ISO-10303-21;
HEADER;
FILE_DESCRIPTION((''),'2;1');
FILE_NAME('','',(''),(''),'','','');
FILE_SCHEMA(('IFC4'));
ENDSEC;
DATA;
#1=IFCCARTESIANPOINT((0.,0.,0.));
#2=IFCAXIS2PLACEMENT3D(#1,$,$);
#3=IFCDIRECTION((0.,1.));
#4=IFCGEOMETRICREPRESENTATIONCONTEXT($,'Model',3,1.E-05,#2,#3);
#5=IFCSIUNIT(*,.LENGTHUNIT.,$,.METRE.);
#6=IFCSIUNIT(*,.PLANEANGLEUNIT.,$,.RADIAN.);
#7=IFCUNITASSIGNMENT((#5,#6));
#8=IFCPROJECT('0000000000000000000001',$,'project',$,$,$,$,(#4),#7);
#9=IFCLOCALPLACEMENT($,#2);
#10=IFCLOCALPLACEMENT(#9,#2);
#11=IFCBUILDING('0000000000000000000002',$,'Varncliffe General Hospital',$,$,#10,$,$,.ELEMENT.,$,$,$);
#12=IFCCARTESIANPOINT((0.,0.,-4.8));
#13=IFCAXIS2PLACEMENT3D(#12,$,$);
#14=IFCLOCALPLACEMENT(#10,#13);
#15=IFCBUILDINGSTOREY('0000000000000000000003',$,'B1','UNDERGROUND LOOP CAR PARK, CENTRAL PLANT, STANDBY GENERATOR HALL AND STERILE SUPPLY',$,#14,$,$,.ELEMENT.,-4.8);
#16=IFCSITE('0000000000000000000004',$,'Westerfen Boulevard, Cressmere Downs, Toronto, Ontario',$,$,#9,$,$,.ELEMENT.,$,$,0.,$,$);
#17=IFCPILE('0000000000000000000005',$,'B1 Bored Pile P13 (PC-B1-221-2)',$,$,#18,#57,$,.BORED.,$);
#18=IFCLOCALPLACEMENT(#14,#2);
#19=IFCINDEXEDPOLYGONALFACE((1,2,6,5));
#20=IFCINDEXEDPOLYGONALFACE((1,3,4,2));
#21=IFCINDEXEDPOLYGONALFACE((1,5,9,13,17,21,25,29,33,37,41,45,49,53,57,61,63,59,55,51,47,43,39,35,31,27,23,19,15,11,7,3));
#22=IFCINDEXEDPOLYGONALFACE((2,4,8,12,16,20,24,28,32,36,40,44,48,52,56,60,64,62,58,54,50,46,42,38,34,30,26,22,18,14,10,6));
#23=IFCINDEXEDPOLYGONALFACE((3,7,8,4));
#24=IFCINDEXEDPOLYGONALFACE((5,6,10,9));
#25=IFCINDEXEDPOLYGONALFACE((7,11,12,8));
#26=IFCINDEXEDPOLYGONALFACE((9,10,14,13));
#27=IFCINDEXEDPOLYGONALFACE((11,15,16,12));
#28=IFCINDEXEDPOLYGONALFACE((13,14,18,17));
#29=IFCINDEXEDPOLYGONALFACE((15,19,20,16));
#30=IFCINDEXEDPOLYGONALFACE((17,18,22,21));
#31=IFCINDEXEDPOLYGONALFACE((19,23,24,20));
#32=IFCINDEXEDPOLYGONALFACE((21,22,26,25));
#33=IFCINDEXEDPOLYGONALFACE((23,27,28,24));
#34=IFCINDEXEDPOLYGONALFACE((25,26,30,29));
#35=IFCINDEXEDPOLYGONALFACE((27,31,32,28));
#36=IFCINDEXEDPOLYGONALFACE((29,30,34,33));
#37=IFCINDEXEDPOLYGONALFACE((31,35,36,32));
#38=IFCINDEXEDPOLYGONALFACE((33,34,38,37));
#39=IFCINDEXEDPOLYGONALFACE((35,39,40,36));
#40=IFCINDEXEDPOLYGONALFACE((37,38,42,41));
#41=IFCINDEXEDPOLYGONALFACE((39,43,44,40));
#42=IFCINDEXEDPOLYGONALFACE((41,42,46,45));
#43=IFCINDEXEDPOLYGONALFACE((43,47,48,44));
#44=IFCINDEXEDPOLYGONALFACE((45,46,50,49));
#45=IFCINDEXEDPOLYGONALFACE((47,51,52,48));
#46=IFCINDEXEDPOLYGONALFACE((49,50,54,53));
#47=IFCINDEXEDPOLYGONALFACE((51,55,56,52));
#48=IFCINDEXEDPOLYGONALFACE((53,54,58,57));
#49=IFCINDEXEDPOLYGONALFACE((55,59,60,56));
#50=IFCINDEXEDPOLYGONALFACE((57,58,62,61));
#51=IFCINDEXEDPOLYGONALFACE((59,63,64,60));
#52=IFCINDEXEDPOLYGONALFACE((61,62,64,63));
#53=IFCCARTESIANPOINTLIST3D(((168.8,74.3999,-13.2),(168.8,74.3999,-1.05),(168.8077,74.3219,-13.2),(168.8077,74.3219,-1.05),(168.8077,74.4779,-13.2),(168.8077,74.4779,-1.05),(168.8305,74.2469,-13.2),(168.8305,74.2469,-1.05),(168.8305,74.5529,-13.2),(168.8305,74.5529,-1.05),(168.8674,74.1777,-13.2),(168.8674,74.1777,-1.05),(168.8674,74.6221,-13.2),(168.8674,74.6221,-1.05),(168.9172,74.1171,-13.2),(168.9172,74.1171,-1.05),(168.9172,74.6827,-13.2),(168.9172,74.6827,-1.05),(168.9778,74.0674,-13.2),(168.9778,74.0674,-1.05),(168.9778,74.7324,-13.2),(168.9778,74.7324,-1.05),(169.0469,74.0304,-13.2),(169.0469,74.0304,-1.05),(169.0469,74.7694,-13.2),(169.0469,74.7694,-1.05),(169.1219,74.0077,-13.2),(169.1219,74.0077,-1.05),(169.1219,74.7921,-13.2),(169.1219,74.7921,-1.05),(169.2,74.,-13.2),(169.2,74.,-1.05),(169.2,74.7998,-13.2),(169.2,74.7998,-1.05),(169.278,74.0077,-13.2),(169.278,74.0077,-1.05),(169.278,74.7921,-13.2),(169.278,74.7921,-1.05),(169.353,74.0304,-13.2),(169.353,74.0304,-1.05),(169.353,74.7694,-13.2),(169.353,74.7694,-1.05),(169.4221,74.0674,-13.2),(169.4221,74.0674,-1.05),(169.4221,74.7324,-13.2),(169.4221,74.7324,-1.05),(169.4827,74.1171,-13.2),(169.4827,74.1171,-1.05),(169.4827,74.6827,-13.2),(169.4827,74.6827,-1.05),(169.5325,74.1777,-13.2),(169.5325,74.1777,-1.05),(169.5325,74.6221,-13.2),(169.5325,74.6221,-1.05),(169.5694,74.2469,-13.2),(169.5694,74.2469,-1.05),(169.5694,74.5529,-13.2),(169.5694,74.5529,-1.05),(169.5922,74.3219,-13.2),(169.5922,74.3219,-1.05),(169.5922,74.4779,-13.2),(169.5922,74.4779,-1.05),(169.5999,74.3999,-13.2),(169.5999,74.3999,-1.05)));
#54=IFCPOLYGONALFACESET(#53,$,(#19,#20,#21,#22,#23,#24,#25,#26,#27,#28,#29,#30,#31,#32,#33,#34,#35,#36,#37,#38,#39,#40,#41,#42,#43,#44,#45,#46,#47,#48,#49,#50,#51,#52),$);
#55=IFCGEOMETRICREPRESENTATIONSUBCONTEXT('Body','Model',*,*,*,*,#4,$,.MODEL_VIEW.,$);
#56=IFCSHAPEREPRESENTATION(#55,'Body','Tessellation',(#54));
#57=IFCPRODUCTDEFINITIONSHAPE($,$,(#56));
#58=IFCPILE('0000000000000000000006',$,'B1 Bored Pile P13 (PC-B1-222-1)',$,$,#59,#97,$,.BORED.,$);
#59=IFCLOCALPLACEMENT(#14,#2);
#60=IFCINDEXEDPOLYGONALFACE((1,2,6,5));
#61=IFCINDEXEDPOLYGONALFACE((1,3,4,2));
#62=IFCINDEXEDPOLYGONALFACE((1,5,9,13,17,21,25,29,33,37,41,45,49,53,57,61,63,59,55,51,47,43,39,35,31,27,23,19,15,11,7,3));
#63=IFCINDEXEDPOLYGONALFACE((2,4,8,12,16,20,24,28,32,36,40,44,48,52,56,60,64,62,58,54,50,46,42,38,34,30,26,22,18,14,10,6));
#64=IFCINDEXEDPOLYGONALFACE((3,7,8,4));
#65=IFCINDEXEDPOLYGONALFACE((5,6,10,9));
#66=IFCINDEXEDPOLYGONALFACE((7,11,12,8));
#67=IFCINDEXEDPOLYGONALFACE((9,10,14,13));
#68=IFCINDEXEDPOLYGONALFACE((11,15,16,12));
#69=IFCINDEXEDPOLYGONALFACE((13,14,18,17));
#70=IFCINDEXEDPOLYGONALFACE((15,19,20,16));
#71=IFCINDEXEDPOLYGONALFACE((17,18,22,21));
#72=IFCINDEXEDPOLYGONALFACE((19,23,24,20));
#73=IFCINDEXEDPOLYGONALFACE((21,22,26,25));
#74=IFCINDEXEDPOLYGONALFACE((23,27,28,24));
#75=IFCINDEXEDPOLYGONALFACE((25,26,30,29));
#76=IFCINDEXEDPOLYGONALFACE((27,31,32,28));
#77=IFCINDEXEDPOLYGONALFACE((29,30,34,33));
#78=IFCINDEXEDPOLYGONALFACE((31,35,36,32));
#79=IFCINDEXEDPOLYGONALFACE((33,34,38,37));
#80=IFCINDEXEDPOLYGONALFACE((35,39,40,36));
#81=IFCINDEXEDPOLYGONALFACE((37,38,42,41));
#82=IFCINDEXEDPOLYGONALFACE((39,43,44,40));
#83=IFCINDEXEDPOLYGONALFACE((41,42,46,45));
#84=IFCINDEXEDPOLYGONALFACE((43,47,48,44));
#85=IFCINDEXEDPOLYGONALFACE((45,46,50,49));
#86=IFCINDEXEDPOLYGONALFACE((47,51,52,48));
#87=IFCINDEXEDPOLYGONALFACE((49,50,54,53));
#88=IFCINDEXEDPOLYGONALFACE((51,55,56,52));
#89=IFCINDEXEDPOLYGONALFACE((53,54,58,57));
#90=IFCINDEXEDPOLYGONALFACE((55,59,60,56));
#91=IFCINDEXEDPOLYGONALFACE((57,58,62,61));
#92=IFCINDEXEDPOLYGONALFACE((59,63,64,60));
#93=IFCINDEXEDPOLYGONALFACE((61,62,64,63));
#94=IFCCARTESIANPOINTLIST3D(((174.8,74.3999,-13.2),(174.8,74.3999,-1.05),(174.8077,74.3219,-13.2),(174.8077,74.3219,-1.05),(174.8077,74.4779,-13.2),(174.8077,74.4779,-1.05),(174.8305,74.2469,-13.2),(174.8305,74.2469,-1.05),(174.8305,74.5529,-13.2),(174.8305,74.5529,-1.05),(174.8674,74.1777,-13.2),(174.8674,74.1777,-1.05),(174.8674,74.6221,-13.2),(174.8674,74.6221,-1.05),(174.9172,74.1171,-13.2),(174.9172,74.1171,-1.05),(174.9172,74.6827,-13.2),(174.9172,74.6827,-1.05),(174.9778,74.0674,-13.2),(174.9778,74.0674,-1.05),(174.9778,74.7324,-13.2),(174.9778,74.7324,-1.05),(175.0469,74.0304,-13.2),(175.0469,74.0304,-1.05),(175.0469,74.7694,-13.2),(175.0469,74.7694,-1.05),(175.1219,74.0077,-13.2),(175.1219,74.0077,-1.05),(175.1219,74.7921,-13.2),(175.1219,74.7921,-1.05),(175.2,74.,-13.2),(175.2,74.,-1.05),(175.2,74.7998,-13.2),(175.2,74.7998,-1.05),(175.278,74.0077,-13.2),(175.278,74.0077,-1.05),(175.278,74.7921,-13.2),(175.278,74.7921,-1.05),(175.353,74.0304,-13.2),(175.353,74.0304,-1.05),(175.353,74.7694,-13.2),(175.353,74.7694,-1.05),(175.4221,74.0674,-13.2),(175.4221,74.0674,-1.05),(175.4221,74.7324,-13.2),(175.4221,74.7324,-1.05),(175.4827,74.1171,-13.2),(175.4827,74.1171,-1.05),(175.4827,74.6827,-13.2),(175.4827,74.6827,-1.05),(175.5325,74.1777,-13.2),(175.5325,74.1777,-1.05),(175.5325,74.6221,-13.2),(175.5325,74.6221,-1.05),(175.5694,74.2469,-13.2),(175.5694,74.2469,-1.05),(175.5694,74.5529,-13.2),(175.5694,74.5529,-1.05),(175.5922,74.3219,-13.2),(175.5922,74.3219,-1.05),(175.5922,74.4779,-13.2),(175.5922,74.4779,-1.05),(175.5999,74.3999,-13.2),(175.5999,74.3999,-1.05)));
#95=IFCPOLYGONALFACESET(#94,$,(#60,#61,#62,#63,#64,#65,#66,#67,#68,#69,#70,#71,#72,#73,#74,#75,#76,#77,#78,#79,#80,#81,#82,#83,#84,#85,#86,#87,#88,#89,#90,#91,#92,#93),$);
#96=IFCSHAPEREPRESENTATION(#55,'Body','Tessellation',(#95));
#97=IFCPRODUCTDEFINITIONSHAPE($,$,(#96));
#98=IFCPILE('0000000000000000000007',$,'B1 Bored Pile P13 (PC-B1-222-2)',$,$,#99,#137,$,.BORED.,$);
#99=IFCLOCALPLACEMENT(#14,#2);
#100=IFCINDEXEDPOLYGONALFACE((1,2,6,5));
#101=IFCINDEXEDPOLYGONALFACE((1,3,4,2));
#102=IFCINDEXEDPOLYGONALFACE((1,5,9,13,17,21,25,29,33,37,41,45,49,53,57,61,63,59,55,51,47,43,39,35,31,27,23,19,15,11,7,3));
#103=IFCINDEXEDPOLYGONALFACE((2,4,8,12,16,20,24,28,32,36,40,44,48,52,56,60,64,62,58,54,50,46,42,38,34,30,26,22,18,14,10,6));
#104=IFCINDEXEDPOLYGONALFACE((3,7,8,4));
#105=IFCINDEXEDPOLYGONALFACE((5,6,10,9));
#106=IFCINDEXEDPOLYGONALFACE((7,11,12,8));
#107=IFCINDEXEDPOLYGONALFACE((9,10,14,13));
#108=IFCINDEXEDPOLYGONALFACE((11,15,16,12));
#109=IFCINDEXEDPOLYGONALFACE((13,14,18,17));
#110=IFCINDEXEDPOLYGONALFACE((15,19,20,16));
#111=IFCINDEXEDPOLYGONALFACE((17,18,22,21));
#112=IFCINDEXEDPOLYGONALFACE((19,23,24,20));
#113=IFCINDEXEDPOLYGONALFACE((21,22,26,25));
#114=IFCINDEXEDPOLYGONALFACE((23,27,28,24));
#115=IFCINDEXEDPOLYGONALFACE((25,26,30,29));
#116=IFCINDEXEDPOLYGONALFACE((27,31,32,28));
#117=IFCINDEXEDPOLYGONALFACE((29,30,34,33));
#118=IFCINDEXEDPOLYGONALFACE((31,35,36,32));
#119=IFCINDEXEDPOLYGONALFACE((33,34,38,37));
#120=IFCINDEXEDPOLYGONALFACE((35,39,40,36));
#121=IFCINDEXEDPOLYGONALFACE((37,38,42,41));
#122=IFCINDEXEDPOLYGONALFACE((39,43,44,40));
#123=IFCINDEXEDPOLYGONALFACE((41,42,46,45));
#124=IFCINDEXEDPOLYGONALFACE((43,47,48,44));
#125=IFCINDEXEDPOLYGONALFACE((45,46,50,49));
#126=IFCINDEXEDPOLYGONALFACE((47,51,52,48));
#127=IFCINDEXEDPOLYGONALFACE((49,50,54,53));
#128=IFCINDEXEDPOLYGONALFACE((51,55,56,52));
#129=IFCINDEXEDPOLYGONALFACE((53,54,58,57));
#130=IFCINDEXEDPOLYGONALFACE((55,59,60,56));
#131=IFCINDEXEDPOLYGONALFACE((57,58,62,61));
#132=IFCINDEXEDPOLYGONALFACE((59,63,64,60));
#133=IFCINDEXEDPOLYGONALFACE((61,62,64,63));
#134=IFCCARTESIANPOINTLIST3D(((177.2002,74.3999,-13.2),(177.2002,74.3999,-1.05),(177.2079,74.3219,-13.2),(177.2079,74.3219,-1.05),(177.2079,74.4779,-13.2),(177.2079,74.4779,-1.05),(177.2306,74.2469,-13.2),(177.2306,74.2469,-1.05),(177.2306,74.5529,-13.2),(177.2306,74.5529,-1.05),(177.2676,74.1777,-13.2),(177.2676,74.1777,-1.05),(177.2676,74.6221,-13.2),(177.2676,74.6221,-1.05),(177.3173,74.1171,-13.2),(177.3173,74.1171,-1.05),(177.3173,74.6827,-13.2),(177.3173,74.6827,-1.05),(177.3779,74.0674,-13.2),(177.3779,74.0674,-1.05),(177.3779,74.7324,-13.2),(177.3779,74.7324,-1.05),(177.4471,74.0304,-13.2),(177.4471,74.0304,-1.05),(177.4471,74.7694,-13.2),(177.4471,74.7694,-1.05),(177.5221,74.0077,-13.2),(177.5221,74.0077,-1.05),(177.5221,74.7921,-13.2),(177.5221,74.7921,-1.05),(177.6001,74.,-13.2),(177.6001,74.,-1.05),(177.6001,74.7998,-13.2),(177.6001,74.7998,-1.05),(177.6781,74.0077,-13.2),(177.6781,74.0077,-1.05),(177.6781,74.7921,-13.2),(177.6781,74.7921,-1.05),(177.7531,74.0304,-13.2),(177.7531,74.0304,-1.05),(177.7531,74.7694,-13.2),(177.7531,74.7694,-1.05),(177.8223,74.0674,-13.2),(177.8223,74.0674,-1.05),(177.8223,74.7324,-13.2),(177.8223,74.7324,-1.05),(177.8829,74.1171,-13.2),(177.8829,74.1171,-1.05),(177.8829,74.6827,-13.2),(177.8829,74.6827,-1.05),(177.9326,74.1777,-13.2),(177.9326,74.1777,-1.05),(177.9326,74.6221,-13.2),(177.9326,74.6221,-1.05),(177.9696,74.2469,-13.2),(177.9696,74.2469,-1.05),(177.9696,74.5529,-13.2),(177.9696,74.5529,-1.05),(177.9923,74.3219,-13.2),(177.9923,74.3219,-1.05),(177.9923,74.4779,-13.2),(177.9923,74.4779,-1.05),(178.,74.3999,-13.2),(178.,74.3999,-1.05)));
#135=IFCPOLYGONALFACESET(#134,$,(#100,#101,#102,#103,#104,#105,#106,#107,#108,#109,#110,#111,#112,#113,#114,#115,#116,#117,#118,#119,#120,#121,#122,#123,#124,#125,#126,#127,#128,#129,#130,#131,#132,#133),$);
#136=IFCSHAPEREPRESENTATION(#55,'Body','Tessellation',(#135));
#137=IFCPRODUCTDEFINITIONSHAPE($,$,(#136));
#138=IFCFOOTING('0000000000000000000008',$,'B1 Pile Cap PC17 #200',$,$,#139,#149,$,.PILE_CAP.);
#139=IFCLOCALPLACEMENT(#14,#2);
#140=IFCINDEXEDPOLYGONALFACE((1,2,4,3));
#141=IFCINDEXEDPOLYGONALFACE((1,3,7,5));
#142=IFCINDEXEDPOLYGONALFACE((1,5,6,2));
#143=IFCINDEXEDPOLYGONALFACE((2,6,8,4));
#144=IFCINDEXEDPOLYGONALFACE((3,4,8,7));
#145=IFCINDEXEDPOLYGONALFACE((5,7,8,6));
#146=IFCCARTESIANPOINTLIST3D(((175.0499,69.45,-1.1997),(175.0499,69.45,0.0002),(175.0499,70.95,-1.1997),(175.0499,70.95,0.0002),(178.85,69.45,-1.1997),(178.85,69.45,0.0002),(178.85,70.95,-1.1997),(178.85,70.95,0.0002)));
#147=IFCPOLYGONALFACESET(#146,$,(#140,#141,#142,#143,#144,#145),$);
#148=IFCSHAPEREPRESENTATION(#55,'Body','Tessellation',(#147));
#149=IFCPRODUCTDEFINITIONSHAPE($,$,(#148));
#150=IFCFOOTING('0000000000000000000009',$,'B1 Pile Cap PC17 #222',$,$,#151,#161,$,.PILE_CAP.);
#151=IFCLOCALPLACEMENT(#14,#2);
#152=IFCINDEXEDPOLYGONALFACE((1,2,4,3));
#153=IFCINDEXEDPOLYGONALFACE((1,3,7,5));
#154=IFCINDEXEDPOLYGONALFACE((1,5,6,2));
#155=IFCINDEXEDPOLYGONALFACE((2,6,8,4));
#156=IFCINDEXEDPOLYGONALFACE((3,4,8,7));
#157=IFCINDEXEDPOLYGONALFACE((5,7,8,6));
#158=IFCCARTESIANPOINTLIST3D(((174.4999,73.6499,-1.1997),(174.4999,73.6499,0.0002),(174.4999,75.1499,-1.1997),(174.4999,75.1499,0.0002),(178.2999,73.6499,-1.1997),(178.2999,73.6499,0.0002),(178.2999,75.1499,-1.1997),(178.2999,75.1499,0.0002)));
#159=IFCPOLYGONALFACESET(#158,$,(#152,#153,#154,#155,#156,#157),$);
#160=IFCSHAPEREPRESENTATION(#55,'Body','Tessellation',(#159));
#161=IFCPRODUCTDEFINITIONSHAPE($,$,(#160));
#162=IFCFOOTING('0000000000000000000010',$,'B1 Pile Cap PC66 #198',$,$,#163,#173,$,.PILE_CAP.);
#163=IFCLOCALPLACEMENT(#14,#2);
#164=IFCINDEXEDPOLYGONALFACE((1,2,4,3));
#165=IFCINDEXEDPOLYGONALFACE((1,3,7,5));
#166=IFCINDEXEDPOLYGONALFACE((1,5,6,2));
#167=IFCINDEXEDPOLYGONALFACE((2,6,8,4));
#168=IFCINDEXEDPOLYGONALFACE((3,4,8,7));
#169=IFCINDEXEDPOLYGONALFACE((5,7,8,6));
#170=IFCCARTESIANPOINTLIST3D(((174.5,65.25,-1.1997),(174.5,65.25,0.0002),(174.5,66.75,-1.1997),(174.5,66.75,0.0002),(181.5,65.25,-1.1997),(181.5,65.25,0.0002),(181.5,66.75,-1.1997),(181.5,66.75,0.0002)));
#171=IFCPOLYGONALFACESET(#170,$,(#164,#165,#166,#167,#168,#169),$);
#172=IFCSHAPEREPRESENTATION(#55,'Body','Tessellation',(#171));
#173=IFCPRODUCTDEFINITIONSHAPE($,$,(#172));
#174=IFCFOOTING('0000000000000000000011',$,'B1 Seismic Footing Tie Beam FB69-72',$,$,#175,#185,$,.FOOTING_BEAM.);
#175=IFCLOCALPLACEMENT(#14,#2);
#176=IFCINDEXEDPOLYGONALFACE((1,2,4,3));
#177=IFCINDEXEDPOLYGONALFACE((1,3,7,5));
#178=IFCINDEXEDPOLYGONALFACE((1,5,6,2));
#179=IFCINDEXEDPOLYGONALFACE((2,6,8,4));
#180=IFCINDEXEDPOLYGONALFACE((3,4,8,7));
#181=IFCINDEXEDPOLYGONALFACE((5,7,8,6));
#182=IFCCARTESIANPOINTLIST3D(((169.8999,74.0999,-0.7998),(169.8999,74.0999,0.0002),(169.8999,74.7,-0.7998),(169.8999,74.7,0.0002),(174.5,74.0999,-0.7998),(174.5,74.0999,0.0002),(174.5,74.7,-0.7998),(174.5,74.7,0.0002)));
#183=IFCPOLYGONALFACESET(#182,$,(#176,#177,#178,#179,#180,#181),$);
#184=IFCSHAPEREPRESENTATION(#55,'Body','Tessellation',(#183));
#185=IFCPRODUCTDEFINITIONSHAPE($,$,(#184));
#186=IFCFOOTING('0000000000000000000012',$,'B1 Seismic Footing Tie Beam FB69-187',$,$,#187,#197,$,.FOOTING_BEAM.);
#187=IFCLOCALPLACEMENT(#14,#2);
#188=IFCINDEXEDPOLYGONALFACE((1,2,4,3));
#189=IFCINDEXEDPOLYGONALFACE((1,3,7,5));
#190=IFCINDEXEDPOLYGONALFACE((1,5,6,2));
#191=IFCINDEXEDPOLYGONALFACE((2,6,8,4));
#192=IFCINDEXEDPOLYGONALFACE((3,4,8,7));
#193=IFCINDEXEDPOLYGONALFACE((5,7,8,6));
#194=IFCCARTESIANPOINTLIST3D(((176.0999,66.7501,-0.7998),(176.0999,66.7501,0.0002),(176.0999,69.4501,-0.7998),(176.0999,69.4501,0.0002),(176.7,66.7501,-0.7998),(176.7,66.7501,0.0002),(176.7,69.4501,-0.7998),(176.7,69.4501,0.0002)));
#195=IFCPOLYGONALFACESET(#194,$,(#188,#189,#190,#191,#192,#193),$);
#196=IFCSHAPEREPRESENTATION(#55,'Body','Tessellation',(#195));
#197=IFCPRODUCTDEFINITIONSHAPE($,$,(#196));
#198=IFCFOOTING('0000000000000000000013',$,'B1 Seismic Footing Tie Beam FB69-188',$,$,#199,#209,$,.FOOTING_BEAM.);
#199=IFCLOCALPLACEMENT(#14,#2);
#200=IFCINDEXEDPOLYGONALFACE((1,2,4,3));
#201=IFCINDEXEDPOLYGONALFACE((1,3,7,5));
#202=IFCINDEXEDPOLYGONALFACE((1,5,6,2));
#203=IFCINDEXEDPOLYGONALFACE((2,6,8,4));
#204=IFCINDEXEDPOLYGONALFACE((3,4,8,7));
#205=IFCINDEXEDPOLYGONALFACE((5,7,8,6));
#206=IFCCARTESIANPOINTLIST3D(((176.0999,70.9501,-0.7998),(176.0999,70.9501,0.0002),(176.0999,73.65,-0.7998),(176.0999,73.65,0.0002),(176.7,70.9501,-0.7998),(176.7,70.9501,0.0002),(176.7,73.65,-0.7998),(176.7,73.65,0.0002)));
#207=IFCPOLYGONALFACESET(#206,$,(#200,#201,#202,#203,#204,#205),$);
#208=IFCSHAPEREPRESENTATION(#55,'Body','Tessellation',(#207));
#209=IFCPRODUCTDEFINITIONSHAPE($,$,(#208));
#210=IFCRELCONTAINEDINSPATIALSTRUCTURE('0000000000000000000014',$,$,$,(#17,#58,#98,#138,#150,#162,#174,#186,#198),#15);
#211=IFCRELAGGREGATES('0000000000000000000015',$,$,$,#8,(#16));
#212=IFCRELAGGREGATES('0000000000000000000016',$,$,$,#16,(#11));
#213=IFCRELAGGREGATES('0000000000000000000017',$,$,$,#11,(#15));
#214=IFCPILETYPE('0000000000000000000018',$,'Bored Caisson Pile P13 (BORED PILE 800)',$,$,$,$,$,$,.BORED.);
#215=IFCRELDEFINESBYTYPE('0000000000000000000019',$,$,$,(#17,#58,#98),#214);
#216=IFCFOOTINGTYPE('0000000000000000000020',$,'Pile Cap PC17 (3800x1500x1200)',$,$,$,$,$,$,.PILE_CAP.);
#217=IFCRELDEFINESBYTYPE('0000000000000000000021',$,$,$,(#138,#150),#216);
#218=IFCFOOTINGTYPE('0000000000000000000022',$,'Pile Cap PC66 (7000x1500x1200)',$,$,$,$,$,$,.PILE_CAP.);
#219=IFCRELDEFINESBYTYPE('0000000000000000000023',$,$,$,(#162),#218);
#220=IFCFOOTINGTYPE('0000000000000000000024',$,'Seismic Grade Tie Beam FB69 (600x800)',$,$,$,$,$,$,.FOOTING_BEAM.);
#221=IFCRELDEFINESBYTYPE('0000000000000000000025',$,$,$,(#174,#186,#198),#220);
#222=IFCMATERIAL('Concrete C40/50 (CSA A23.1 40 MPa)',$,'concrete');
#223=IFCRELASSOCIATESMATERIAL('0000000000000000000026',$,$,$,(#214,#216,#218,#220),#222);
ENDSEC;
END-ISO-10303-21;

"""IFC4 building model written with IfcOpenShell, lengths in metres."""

from ifc_helpers import new_model, si_unit, direction, frame, origin, origin_2d, place, context, subcontext, project, spatial, rectangle, circle, extrude, material, material_profile, profile_set, type_object, element, save


model = new_model("IFC4")

# Units and contexts
model_context = context("Model", 3, precision=1e-05, world=origin(), true_north=direction((0.0, 1.0)))
body_context = subcontext(model_context, "Body", "Model", "MODEL_VIEW")
ifc_project = project(units=[si_unit("LENGTHUNIT", "METRE"), si_unit("PLANEANGLEUNIT", "RADIAN")], contexts=[model_context])

# Site, building, storey
site_placement = place(None, origin())
site = spatial("IfcSite", under=ifc_project, at=site_placement, Name="Westerfen Boulevard, Cressmere Downs, Toronto, Ontario", CompositionType="ELEMENT", RefElevation=0.0)
building_placement = place(site_placement, origin())
building = spatial("IfcBuilding", under=site, at=building_placement, Name="Varncliffe General Hospital", CompositionType="ELEMENT")
storey_placement = place(building_placement, frame((0.0, 0.0, -4.8)))
storey = spatial("IfcBuildingStorey", under=building, at=storey_placement, Name="B1", Description="UNDERGROUND LOOP CAR PARK, CENTRAL PLANT, STANDBY GENERATOR HALL AND STERILE SUPPLY", CompositionType="ELEMENT", Elevation=-4.8)

# Piles
ifc_material_1 = material(Name="Concrete C40/50 (CSA A23.1 40 MPa)", Category="concrete")
ifc_material_profile_1 = material_profile(ifc_material_1, circle(Radius=0.3999, at=origin_2d()), Name="BORED PILE 800")
ifc_profile_set_1 = profile_set([ifc_material_profile_1], Name="Concrete C40/50 (CSA A23.1 40 MPa)")
pile_type = type_object("IfcPileType", Name="Bored Caisson Pile P13 (BORED PILE 800)", PredefinedType="BORED", material=ifc_profile_set_1)
for number, where, z_axis, x_axis, name in (
    (1, (169.2, 74.3999, -1.05), (0.0, 0.0, -1.0), (1.0, 0.0, 0.0), "B1 Bored Pile P13 (PC-B1-221-2)"),
    (2, (175.2, 74.3999, -1.05), (0.0, 0.0, -1.0), (1.0, 0.0, 0.0), "B1 Bored Pile P13 (PC-B1-222-1)"),
    (3, (177.6001, 74.3999, -1.05), (0.0, 0.0, -1.0), (1.0, 0.0, 0.0), "B1 Bored Pile P13 (PC-B1-222-2)"),
):
    element("IfcPile", number, at=place(storey_placement, frame(where, z_axis=z_axis, x_axis=x_axis)), inside=storey, type_object=pile_type, Name=name, PredefinedType="BORED", context=body_context, shape_type="SweptSolid", body=[
        extrude(circle(Radius=0.3999, at=origin_2d()), origin(), (0.0, 0.0, 1.0), 12.1499),
    ])

# Footings
footing_type_1 = type_object("IfcFootingType", Name="Pile Cap PC17 (3800x1500x1200)", PredefinedType="PILE_CAP", material=ifc_material_1)
for number, where, z_axis, x_axis, name in (
    (4, (176.95, 70.2, -1.1997), (0.0, 0.0, 1.0), (1.0, 0.0, 0.0), "B1 Pile Cap PC17 #200"),
    (5, (176.3999, 74.3999, -1.1997), (0.0, 0.0, 1.0), (1.0, 0.0, 0.0), "B1 Pile Cap PC17 #222"),
):
    element("IfcFooting", number, at=place(storey_placement, frame(where, z_axis=z_axis, x_axis=x_axis)), inside=storey, type_object=footing_type_1, Name=name, PredefinedType="PILE_CAP", context=body_context, shape_type="SweptSolid", body=[
        extrude(rectangle(XDim=3.8, YDim=1.5, at=origin_2d()), origin(), (0.0, 0.0, 1.0), 1.2),
    ])
footing_type_2 = type_object("IfcFootingType", Name="Pile Cap PC66 (7000x1500x1200)", PredefinedType="PILE_CAP", material=ifc_material_1)
footing_1_placement = place(storey_placement, frame((178.0, 66.0, -1.1997), z_axis=(0.0, 0.0, 1.0), x_axis=(1.0, 0.0, 0.0)))
element("IfcFooting", 6, at=footing_1_placement, inside=storey, type_object=footing_type_2, Name="B1 Pile Cap PC66 #198", PredefinedType="PILE_CAP", context=body_context, shape_type="SweptSolid", body=[
    extrude(rectangle(XDim=7.0, YDim=1.5, at=origin_2d()), origin(), (0.0, 0.0, 1.0), 1.2),
])
footing_type_3 = type_object("IfcFootingType", Name="Seismic Grade Tie Beam FB69 (600x800)", PredefinedType="FOOTING_BEAM", material=ifc_material_1)
footing_2_placement = place(storey_placement, frame((172.2, 74.3999, -0.7998), z_axis=(0.0, 0.0, 1.0), x_axis=(1.0, 0.0, 0.0)))
element("IfcFooting", 7, at=footing_2_placement, inside=storey, type_object=footing_type_3, Name="B1 Seismic Footing Tie Beam FB69-72", PredefinedType="FOOTING_BEAM", context=body_context, shape_type="SweptSolid", body=[
    extrude(rectangle(XDim=4.6001, YDim=0.6001, at=origin_2d()), origin(), (0.0, 0.0, 1.0), 0.8),
])
for number, where, z_axis, x_axis, name in (
    (8, (176.3999, 68.1001, -0.7998), (0.0, 0.0, 1.0), (1.0, 0.0, 0.0), "B1 Seismic Footing Tie Beam FB69-187"),
    (9, (176.3999, 72.3, -0.7998), (0.0, 0.0, 1.0), (1.0, 0.0, 0.0), "B1 Seismic Footing Tie Beam FB69-188"),
):
    element("IfcFooting", number, at=place(storey_placement, frame(where, z_axis=z_axis, x_axis=x_axis)), inside=storey, type_object=footing_type_3, Name=name, PredefinedType="FOOTING_BEAM", context=body_context, shape_type="SweptSolid", body=[
        extrude(rectangle(XDim=0.6001, YDim=2.7, at=origin_2d()), origin(), (0.0, 0.0, 1.0), 0.8),
    ])

save(model, "model.ifc")
